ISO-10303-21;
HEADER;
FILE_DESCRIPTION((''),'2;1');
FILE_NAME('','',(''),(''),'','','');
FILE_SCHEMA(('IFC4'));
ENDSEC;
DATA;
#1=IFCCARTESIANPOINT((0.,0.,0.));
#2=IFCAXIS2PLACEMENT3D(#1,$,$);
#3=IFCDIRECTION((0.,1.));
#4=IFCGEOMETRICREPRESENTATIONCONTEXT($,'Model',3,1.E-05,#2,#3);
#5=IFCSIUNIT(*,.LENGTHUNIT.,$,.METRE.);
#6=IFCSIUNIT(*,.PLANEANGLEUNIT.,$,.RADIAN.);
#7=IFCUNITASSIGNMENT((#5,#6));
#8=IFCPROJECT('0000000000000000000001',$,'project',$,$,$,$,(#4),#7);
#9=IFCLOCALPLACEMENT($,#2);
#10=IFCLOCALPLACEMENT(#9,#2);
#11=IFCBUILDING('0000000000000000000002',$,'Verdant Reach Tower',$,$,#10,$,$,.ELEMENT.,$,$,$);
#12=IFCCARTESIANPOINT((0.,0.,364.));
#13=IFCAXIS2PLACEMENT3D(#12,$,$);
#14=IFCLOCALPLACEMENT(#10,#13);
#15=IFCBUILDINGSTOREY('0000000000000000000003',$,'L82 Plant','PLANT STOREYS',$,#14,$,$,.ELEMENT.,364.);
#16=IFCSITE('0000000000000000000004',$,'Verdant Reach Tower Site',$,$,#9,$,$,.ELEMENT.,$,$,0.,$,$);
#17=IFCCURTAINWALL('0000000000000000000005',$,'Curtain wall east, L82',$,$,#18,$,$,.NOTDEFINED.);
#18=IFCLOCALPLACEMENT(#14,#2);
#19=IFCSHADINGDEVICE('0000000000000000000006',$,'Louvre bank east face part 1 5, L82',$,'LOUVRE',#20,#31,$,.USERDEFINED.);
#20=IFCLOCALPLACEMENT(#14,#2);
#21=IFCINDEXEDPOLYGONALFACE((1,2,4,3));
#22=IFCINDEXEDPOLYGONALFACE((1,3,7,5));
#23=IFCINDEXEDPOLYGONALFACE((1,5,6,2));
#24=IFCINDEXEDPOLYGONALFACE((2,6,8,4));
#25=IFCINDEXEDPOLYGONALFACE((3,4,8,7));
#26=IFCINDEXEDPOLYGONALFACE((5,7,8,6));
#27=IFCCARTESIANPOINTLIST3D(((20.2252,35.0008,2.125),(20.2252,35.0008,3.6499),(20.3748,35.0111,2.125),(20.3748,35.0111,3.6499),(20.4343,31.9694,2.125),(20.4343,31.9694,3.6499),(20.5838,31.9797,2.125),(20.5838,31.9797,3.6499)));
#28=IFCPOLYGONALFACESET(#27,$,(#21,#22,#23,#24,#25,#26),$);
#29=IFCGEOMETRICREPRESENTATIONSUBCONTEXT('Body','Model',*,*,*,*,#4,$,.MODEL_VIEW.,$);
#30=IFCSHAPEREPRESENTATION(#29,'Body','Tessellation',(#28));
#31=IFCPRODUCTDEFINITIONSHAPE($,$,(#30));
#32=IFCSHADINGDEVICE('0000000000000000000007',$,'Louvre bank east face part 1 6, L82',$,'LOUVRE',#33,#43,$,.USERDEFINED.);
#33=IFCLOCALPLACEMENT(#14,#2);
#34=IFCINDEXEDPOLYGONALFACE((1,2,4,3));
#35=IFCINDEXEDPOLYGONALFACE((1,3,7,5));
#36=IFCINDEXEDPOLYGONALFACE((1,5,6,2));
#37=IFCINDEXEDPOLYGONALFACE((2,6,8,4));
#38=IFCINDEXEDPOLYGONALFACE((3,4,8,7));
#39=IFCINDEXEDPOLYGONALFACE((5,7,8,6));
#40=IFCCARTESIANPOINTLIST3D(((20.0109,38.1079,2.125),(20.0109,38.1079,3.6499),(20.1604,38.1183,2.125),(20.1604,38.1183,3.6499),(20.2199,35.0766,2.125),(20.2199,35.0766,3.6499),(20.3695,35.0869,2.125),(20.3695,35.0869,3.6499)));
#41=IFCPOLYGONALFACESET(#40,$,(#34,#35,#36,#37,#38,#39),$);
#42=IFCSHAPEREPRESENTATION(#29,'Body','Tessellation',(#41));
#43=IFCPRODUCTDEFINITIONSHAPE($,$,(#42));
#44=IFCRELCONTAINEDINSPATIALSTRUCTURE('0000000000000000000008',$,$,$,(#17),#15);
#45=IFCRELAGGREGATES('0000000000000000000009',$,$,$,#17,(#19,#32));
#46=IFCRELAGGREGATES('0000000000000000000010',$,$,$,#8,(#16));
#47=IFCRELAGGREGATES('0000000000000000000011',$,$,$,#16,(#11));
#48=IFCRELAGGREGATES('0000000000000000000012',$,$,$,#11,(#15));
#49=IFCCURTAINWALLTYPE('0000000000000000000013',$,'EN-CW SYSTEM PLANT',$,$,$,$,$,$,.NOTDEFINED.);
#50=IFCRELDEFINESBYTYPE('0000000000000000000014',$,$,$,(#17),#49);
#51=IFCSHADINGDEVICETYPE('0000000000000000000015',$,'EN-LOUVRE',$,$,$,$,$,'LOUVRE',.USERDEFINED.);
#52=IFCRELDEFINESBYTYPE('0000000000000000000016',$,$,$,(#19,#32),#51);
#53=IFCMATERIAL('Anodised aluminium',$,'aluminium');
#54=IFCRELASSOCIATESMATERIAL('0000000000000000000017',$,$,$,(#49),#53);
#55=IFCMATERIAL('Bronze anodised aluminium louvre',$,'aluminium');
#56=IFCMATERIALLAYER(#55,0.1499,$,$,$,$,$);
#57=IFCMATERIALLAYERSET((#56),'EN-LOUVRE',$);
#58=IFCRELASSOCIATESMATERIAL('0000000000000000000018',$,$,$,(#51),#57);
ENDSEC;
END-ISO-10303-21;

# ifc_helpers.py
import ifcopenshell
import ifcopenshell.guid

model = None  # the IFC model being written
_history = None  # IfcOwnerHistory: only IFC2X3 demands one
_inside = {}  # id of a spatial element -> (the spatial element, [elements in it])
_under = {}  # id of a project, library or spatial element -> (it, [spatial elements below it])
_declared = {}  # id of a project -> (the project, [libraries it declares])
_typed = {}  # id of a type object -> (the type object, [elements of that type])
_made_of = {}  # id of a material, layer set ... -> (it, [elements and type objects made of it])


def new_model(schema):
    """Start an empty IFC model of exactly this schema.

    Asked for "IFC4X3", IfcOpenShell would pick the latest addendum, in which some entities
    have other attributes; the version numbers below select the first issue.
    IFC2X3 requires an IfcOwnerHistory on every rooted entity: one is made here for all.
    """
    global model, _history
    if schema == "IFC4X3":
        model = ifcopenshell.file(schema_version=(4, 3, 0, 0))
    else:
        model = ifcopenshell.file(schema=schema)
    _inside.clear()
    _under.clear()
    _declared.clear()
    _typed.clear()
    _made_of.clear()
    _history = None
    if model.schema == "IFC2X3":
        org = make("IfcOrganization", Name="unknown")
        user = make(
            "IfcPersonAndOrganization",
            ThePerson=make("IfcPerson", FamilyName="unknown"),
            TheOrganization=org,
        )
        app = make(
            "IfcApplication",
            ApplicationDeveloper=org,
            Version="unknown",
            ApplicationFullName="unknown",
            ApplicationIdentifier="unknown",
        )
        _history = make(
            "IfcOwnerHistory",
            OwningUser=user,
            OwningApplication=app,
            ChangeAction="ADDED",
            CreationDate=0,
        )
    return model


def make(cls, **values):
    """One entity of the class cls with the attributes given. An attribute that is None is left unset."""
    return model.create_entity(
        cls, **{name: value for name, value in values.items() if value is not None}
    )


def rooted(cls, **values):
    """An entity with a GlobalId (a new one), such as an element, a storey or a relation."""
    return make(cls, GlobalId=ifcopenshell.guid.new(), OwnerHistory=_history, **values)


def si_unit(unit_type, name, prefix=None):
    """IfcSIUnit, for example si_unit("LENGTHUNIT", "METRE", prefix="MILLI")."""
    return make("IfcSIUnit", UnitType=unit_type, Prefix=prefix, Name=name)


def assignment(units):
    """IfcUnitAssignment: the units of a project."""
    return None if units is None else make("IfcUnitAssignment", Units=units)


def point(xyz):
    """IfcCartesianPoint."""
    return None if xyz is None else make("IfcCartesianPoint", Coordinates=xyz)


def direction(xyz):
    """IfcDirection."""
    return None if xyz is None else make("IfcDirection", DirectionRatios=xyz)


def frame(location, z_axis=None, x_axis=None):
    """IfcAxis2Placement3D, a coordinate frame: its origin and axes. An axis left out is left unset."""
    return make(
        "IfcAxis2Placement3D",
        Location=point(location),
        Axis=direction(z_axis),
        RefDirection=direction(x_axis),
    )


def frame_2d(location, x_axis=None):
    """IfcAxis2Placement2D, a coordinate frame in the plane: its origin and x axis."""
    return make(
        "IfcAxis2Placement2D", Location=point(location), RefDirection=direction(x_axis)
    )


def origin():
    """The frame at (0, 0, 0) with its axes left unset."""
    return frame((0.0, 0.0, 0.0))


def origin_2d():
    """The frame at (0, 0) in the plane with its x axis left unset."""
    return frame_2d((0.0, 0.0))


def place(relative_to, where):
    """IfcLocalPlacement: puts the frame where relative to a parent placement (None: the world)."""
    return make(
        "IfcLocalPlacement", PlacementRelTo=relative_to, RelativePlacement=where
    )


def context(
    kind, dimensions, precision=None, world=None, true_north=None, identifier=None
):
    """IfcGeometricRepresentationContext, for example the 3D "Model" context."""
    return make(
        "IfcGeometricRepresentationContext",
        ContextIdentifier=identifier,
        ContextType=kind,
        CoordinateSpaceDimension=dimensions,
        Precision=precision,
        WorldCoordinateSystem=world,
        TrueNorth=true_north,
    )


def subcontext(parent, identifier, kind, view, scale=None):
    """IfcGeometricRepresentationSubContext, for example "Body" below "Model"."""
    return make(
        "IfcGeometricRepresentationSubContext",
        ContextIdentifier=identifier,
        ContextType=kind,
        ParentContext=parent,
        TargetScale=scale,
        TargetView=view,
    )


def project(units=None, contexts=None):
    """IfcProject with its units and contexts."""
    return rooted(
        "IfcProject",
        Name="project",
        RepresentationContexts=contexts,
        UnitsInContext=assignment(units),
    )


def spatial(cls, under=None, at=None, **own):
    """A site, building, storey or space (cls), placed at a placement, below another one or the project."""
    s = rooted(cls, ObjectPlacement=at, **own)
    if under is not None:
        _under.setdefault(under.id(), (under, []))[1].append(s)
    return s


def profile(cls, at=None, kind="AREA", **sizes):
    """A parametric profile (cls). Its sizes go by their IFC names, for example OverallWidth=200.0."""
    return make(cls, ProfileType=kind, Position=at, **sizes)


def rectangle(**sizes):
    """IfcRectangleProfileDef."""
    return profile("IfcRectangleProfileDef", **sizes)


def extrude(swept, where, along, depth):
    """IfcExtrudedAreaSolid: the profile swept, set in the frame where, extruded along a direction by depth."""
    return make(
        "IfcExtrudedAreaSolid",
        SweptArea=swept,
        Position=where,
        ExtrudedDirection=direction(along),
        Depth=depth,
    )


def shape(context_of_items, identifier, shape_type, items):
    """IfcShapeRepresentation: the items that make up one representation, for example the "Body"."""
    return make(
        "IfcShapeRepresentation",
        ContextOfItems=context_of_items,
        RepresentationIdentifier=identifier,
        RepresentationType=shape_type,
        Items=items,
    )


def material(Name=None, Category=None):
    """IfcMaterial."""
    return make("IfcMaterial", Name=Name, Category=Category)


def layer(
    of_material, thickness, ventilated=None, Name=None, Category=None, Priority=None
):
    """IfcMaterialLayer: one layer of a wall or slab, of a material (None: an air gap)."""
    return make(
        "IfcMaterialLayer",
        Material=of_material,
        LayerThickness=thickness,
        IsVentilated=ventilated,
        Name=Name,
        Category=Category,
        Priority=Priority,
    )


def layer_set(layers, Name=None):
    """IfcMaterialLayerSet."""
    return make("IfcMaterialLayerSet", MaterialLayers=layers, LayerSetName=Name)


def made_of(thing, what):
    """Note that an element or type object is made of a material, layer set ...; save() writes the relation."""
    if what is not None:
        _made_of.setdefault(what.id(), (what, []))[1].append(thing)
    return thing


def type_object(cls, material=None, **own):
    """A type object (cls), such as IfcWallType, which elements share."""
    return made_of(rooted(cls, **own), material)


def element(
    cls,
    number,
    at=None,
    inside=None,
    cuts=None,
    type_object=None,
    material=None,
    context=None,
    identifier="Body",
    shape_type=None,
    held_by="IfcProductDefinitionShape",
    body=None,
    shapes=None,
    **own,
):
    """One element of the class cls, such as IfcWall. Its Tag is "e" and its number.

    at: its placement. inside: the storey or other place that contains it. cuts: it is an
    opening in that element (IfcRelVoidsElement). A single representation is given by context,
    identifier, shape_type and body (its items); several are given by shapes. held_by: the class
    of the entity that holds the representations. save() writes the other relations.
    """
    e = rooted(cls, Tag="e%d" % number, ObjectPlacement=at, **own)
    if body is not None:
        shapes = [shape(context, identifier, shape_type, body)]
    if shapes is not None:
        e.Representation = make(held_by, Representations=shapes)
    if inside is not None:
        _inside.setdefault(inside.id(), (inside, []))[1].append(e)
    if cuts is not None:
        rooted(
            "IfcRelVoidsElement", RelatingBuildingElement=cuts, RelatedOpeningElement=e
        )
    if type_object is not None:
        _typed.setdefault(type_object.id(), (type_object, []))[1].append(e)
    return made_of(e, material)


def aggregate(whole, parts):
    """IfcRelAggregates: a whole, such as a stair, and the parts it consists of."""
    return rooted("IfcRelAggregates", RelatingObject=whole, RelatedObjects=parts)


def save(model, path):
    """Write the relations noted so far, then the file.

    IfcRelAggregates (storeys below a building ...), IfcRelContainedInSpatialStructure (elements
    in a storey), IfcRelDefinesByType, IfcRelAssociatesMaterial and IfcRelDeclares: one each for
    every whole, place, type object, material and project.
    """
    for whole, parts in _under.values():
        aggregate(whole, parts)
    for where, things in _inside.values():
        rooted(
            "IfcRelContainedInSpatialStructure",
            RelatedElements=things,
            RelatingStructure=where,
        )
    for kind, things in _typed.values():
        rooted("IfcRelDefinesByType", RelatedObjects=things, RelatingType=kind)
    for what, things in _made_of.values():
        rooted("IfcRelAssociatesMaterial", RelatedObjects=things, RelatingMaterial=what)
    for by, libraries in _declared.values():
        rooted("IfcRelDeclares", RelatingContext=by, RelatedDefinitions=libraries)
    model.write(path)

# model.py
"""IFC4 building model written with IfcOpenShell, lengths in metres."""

from ifc_helpers import new_model, si_unit, direction, frame, origin, origin_2d, place, context, subcontext, project, spatial, rectangle, extrude, material, layer, layer_set, type_object, element, aggregate, save


model = new_model("IFC4")

# Units and contexts
model_context = context("Model", 3, precision=1e-05, world=origin(), true_north=direction((0.0, 1.0)))
body_context = subcontext(model_context, "Body", "Model", "MODEL_VIEW")
ifc_project = project(units=[si_unit("LENGTHUNIT", "METRE"), si_unit("PLANEANGLEUNIT", "RADIAN")], contexts=[model_context])

# Site, building, storey
site_placement = place(None, origin())
site = spatial("IfcSite", under=ifc_project, at=site_placement, Name="Verdant Reach Tower Site", CompositionType="ELEMENT", RefElevation=0.0)
building_placement = place(site_placement, origin())
building = spatial("IfcBuilding", under=site, at=building_placement, Name="Verdant Reach Tower", CompositionType="ELEMENT")
storey_placement = place(building_placement, frame((0.0, 0.0, 364.0)))
storey = spatial("IfcBuildingStorey", under=building, at=storey_placement, Name="L82 Plant", Description="PLANT STOREYS", CompositionType="ELEMENT", Elevation=364.0)

# Curtain wall
ifc_material_1 = material(Name="Anodised aluminium", Category="aluminium")
curtain_wall_type = type_object("IfcCurtainWallType", Name="EN-CW SYSTEM PLANT", PredefinedType="NOTDEFINED", material=ifc_material_1)
curtain_wall_placement = place(storey_placement, origin())
curtain_wall = element("IfcCurtainWall", 1, at=curtain_wall_placement, inside=storey, type_object=curtain_wall_type, Name="Curtain wall east, L82", PredefinedType="NOTDEFINED")

# Shading devices
ifc_material_2 = material(Name="Bronze anodised aluminium louvre", Category="aluminium")
ifc_layer_1 = layer(ifc_material_2, 0.1499)
ifc_layer_set_1 = layer_set([ifc_layer_1], Name="EN-LOUVRE")
shading_device_type = type_object("IfcShadingDeviceType", Name="EN-LOUVRE", ElementType="LOUVRE", PredefinedType="USERDEFINED", material=ifc_layer_set_1)
shading_device_1_placement = place(storey_placement, frame((20.4045, 33.4902, 2.125), z_axis=(0.0, 0.0, 1.0), x_axis=(-0.068802, 0.99763, 0.0)))
shading_device_1 = element("IfcShadingDevice", 2, at=shading_device_1_placement, type_object=shading_device_type, Name="Louvre bank east face part 1 5, L82", ObjectType="LOUVRE", PredefinedType="USERDEFINED", context=body_context, shape_type="SweptSolid", body=[
    extrude(rectangle(XDim=3.0386, YDim=0.1499, at=origin_2d()), origin(), (0.0, 0.0, 1.0), 1.5249),
])
shading_device_2_placement = place(storey_placement, frame((20.1902, 36.5974, 2.125), z_axis=(0.0, 0.0, 1.0), x_axis=(-0.068802, 0.99763, 0.0)))
shading_device_2 = element("IfcShadingDevice", 3, at=shading_device_2_placement, type_object=shading_device_type, Name="Louvre bank east face part 1 6, L82", ObjectType="LOUVRE", PredefinedType="USERDEFINED", context=body_context, shape_type="SweptSolid", body=[
    extrude(rectangle(XDim=3.0386, YDim=0.1499, at=origin_2d()), origin(), (0.0, 0.0, 1.0), 1.5249),
])
aggregate(curtain_wall, [shading_device_1, shading_device_2])

save(model, "model.ifc")
